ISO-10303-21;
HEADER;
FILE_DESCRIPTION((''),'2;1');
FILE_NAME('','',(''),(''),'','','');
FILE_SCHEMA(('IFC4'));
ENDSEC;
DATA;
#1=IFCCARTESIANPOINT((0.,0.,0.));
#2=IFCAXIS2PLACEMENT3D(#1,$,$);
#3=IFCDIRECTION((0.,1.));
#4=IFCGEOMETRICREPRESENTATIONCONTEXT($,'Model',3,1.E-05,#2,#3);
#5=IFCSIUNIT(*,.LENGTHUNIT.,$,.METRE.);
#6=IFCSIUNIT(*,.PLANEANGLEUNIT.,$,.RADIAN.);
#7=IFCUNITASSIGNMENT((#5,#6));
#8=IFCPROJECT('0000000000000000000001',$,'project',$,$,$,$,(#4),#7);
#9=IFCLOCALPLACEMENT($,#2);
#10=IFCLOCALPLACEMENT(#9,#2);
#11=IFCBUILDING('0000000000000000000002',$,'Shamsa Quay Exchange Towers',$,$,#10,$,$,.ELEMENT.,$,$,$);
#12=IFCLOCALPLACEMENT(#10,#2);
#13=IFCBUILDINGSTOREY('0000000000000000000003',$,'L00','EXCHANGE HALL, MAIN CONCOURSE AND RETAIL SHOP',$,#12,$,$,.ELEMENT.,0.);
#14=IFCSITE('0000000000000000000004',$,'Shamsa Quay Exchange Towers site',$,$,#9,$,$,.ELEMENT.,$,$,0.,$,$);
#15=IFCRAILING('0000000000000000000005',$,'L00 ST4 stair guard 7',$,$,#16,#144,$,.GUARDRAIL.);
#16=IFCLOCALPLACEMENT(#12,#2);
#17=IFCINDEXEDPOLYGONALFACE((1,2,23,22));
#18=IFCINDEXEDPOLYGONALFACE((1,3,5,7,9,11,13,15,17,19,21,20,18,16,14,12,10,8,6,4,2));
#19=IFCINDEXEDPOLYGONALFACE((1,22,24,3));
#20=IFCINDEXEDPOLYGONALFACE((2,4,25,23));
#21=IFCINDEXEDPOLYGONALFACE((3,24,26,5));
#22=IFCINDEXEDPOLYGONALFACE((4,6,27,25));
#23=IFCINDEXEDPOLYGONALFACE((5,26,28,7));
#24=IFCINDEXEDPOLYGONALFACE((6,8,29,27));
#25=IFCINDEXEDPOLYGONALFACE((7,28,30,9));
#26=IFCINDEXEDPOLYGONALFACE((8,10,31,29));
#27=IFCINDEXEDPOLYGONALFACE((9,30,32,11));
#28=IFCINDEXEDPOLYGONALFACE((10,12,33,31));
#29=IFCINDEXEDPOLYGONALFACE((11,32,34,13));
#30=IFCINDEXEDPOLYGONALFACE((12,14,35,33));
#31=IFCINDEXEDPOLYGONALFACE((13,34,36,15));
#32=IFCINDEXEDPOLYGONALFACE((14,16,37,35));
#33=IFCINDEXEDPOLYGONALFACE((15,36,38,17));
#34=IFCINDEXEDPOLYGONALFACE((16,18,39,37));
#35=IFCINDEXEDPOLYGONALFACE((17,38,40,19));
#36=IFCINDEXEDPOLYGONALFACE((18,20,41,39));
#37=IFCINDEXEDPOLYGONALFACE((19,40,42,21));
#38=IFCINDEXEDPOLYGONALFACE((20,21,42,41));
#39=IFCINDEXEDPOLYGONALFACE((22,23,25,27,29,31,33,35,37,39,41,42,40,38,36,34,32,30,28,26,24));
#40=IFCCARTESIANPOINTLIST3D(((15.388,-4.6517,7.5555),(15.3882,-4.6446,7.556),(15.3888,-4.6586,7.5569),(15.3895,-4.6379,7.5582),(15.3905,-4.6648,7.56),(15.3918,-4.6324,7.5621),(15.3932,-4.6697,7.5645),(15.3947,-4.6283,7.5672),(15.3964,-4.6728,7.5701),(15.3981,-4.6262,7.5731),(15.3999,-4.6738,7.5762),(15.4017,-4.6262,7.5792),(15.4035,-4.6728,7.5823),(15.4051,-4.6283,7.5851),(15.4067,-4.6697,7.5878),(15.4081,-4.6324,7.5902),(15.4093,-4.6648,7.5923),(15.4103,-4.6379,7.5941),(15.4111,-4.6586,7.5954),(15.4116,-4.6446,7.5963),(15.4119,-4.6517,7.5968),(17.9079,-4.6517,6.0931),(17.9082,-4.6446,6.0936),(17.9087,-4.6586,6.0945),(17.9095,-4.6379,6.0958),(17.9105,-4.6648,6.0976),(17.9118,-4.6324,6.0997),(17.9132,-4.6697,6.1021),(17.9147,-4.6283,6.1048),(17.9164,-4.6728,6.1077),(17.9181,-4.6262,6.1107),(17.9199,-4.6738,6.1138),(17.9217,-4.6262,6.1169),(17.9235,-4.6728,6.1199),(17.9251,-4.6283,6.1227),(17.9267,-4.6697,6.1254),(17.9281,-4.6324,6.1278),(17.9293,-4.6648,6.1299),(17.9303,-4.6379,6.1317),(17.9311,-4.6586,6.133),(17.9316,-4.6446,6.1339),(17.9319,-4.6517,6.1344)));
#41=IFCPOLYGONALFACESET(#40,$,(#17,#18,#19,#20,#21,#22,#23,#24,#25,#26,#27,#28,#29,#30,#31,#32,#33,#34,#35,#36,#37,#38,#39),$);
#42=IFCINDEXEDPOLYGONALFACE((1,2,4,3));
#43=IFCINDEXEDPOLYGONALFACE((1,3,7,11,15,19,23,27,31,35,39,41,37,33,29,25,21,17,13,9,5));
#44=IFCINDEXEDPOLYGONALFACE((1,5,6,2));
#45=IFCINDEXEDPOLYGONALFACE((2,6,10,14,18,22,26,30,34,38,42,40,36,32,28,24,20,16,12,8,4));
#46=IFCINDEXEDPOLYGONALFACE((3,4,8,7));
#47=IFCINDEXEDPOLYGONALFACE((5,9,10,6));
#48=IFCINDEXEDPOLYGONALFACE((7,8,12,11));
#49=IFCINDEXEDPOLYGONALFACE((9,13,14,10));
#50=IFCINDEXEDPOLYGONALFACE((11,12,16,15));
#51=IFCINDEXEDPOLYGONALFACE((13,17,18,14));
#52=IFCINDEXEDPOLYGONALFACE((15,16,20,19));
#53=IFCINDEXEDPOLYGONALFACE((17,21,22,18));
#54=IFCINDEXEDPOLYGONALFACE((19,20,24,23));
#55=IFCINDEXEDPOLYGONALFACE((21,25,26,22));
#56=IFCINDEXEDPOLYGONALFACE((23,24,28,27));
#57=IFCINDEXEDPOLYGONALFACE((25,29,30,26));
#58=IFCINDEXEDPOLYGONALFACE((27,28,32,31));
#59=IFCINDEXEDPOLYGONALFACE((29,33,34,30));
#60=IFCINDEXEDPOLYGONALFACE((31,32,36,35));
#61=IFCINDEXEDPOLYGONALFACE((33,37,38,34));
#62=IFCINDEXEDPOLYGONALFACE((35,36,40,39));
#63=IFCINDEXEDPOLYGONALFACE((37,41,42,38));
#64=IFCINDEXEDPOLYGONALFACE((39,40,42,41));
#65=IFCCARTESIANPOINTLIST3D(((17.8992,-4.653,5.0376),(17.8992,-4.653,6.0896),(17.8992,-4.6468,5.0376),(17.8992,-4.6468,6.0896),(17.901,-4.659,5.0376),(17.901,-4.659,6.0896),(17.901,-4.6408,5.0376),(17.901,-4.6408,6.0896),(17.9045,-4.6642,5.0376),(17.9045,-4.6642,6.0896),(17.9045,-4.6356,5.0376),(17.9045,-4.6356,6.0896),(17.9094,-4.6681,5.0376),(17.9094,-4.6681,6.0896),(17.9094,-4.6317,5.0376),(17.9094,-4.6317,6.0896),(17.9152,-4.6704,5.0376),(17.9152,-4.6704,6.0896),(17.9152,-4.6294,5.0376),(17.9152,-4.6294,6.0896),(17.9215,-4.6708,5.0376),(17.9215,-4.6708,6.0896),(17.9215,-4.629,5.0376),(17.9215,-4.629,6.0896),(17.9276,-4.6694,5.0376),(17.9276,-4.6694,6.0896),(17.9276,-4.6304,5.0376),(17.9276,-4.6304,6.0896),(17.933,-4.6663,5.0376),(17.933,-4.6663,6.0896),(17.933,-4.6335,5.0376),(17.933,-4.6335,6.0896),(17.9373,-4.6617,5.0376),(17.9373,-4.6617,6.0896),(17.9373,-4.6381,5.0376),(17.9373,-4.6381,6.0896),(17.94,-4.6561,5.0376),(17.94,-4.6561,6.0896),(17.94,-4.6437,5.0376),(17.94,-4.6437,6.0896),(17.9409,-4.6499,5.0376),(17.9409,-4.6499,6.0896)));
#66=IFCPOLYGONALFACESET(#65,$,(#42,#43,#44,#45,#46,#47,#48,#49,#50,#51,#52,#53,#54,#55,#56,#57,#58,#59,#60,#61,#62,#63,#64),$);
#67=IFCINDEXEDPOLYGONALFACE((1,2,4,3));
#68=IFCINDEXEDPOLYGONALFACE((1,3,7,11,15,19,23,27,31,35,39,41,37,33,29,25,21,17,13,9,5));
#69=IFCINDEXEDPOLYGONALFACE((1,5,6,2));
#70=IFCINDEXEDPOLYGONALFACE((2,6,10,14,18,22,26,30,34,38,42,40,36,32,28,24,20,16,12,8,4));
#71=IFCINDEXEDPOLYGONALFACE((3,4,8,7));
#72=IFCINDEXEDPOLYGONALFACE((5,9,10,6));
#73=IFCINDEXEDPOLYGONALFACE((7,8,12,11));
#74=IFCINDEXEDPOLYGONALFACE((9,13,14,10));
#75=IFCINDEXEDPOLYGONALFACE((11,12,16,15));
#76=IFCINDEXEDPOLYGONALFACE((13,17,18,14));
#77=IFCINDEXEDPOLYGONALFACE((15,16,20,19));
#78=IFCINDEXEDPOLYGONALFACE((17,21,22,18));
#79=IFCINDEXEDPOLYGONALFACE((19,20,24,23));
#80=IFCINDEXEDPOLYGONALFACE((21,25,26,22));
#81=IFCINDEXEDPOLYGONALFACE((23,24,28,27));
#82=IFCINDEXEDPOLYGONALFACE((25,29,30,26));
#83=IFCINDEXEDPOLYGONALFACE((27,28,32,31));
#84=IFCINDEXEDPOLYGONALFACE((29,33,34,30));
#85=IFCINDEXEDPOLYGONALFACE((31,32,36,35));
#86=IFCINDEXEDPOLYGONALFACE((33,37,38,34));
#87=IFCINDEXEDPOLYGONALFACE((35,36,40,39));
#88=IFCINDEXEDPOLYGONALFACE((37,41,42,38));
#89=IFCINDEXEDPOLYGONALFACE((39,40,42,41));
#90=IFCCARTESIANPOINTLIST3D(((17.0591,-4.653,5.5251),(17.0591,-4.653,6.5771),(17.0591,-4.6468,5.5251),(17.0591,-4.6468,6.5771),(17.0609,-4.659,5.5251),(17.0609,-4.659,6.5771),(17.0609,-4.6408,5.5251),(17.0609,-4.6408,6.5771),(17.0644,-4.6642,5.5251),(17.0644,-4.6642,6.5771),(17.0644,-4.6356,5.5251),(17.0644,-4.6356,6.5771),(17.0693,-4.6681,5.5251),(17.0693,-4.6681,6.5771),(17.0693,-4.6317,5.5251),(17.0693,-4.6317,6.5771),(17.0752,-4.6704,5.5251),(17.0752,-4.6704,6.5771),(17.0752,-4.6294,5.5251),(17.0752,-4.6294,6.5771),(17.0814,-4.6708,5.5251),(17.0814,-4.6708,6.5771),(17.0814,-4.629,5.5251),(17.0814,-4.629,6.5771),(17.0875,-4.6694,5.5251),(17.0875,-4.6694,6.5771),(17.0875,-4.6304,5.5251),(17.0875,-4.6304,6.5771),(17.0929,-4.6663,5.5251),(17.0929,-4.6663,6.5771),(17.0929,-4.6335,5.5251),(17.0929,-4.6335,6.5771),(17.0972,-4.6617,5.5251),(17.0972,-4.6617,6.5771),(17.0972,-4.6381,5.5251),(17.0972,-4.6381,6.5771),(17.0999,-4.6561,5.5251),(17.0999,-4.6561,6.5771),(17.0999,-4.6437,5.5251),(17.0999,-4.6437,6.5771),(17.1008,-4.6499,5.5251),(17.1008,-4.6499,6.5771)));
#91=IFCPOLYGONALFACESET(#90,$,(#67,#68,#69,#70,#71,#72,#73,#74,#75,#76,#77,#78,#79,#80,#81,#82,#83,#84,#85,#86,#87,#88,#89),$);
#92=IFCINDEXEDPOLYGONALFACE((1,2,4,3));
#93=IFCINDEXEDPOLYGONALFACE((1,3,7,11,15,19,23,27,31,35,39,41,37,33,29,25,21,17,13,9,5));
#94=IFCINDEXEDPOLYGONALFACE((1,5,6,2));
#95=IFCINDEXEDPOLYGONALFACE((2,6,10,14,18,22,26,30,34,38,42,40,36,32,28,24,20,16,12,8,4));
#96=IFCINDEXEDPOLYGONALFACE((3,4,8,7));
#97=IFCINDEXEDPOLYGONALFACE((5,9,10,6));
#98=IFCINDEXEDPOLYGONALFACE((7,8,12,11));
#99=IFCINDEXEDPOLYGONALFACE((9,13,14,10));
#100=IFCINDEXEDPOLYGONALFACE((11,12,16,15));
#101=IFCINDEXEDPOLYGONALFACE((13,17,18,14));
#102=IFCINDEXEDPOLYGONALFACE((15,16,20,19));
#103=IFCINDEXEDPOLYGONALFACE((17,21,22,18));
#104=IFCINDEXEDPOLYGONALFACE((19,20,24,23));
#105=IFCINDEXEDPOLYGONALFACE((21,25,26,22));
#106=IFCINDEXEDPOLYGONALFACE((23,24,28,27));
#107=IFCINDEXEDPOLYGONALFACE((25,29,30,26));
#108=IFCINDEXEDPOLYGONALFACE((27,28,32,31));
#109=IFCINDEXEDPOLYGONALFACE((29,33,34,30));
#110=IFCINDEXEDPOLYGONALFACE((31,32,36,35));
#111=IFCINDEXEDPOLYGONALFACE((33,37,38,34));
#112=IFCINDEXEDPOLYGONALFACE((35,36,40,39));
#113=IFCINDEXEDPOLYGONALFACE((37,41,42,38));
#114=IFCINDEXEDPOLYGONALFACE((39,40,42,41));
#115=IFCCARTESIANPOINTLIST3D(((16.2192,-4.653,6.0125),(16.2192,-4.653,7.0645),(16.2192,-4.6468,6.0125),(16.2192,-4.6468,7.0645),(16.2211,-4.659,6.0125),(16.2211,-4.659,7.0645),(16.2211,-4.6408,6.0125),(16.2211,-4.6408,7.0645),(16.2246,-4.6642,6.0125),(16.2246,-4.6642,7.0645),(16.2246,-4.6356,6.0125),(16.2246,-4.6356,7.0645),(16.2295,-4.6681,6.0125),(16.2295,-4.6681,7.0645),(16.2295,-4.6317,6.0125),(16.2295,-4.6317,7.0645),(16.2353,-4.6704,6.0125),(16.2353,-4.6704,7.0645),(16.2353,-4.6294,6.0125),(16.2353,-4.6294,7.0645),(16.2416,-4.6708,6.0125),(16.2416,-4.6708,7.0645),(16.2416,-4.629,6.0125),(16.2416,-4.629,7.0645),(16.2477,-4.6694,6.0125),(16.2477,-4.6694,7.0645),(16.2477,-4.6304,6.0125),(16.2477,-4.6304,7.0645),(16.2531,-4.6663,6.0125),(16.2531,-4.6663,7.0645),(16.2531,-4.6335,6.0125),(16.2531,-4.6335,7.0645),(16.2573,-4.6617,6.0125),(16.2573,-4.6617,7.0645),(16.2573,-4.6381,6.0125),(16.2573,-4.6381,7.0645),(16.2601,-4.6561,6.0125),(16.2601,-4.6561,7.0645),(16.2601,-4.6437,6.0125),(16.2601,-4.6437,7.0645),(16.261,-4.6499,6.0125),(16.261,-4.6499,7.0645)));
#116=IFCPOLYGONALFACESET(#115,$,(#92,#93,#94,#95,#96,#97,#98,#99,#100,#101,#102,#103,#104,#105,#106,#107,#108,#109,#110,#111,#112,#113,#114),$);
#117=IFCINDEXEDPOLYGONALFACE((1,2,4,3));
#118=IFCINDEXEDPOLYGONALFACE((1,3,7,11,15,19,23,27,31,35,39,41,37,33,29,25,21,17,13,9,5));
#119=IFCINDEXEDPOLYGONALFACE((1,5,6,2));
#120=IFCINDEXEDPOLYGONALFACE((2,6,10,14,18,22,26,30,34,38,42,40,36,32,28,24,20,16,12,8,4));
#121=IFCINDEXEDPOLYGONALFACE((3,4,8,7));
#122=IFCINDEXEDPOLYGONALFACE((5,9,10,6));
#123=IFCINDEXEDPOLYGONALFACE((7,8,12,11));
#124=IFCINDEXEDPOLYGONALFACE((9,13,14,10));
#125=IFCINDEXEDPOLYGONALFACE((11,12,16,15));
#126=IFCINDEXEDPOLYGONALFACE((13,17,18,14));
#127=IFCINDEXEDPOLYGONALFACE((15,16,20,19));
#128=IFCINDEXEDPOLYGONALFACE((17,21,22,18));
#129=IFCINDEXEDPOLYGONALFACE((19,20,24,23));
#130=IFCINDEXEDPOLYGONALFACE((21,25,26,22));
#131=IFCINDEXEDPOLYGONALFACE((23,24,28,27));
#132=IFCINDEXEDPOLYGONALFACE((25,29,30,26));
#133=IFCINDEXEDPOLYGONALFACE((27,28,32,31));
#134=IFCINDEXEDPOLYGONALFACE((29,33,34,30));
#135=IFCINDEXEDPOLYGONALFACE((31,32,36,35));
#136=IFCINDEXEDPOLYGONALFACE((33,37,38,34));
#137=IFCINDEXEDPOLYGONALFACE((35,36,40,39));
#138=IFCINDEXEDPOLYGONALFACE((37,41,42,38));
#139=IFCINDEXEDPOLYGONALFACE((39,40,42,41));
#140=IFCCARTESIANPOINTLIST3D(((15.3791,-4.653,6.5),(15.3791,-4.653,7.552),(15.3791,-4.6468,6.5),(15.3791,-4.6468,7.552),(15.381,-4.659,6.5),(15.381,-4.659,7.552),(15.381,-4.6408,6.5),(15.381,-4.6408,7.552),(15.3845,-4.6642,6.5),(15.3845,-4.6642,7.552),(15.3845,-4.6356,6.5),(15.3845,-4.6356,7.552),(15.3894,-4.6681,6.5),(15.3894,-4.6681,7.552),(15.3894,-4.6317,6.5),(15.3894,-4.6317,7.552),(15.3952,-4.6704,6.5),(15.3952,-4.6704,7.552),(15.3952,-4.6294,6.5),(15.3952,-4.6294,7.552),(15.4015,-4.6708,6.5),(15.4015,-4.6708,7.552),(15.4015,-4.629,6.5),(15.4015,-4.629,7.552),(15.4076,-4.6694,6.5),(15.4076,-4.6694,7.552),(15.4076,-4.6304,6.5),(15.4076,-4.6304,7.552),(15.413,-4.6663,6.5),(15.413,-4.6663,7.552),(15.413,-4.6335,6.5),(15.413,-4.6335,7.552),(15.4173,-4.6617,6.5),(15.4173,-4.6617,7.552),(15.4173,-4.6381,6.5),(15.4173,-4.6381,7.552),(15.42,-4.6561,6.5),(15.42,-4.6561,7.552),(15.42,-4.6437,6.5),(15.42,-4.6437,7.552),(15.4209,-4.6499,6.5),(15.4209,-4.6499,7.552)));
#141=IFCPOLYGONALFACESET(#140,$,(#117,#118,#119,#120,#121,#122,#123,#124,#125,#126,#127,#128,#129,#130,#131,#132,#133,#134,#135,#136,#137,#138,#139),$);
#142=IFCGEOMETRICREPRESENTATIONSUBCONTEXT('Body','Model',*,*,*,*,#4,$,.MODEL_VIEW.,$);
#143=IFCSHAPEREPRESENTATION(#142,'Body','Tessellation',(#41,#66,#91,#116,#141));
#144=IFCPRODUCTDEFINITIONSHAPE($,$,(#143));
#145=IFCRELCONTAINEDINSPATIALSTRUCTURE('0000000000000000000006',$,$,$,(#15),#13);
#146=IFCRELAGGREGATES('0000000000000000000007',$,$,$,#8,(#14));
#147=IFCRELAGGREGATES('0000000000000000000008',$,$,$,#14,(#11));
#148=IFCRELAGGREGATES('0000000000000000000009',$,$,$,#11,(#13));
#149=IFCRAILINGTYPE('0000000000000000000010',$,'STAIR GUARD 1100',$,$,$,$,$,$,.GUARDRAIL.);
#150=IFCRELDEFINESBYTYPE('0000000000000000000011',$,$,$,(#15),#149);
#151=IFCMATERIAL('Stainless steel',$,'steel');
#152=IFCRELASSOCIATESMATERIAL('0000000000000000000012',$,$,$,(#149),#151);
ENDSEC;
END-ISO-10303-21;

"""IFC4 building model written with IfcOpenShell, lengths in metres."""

from ifc_helpers import new_model, si_unit, direction, frame, origin, origin_2d, place, context, subcontext, project, spatial, circle, extrude, material, type_object, element, save


model = new_model("IFC4")

# Units and contexts
model_context = context("Model", 3, precision=1e-05, world=origin(), true_north=direction((0.0, 1.0)))
body_context = subcontext(model_context, "Body", "Model", "MODEL_VIEW")
ifc_project = project(units=[si_unit("LENGTHUNIT", "METRE"), si_unit("PLANEANGLEUNIT", "RADIAN")], contexts=[model_context])

# Site, building, storey
site_placement = place(None, origin())
site = spatial("IfcSite", under=ifc_project, at=site_placement, Name="Shamsa Quay Exchange Towers site", CompositionType="ELEMENT", RefElevation=0.0)
building_placement = place(site_placement, origin())
building = spatial("IfcBuilding", under=site, at=building_placement, Name="Shamsa Quay Exchange Towers", CompositionType="ELEMENT")
storey_placement = place(building_placement, origin())
storey = spatial("IfcBuildingStorey", under=building, at=storey_placement, Name="L00", Description="EXCHANGE HALL, MAIN CONCOURSE AND RETAIL SHOP", CompositionType="ELEMENT", Elevation=0.0)

# Railing
ifc_material_1 = material(Name="Stainless steel", Category="steel")
railing_type_1 = type_object("IfcRailingType", Name="STAIR GUARD 1100", PredefinedType="GUARDRAIL", material=ifc_material_1)
railing_1_placement = place(storey_placement, frame((17.9199, -4.6499, 5.0376)))
element("IfcRailing", 1, at=railing_1_placement, inside=storey, type_object=railing_type_1, Name="L00 ST4 stair guard 7", PredefinedType="GUARDRAIL", context=body_context, shape_type="SweptSolid", body=[
    extrude(circle(Radius=0.0239, at=origin_2d()), frame((0.0, 0.0, 1.0762), z_axis=(-0.864913, 0.0, 0.501921), x_axis=(0.0, -1.0, 0.0)), (0.0, 0.0, 1.0), 2.9136),
    extrude(circle(Radius=0.021, at=origin_2d()), origin(), (0.0, 0.0, 1.0), 1.052),
    extrude(circle(Radius=0.021, at=origin_2d()), frame((-0.8401, 0.0, 0.4875)), (0.0, 0.0, 1.0), 1.052),
    extrude(circle(Radius=0.021, at=origin_2d()), frame((-1.6799, 0.0, 0.9749)), (0.0, 0.0, 1.0), 1.052),
    extrude(circle(Radius=0.021, at=origin_2d()), frame((-2.52, 0.0, 1.4624)), (0.0, 0.0, 1.0), 1.052),
])

save(model, "model.ifc")
